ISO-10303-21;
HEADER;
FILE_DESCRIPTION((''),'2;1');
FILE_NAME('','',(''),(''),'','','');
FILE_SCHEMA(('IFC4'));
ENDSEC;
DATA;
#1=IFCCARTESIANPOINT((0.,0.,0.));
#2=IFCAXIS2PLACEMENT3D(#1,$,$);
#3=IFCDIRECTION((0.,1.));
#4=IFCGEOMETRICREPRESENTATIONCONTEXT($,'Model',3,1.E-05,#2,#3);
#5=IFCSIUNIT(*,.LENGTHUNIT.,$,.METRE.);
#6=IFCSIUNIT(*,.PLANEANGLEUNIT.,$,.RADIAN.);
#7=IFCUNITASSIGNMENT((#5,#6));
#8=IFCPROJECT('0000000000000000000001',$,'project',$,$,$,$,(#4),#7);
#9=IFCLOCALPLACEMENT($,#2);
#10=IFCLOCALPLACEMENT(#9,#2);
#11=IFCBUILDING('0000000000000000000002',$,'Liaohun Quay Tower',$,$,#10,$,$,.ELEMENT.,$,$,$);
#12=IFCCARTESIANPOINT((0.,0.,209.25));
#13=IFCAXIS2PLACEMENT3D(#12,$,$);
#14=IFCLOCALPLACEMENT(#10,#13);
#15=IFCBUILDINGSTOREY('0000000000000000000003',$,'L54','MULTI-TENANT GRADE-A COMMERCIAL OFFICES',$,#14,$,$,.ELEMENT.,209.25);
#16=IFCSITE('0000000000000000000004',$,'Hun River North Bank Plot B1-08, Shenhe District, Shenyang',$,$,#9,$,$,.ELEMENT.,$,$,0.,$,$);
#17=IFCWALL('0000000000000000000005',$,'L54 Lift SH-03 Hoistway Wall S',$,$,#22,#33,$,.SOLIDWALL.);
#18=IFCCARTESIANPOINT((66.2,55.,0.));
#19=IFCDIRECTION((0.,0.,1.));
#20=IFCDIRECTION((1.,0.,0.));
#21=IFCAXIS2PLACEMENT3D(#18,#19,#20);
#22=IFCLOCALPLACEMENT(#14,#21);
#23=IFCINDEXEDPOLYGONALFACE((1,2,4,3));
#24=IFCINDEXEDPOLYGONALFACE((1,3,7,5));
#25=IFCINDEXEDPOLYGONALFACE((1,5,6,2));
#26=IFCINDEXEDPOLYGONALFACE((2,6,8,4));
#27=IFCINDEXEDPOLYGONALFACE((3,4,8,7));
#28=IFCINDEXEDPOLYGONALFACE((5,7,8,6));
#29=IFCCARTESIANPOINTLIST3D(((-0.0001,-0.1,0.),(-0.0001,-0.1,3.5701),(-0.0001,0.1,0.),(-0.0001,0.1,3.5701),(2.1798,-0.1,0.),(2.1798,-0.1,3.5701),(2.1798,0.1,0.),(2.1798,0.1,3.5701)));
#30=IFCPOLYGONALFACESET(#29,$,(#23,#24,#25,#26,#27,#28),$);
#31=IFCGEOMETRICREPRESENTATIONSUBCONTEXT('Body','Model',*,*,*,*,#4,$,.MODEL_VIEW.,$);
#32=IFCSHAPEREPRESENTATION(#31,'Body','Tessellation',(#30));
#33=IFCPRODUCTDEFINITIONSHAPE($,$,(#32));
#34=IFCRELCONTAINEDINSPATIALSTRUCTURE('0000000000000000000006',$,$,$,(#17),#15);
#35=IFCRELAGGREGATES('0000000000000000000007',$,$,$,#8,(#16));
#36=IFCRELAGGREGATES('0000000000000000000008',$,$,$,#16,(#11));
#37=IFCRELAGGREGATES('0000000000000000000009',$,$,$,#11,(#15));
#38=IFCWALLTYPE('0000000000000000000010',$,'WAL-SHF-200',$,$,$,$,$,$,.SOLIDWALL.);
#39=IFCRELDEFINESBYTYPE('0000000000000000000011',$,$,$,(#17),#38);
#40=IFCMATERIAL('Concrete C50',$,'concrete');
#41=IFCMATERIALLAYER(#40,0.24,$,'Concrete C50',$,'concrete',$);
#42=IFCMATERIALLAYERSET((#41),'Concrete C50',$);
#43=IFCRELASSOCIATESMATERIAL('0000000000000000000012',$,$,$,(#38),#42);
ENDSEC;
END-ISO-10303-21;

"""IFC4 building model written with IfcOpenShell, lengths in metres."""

from ifc_helpers import new_model, si_unit, direction, frame, frame_2d, origin, place, context, subcontext, project, spatial, rectangle, extrude, material, layer, layer_set, type_object, element, save


model = new_model("IFC4")

# Units and contexts
model_context = context("Model", 3, precision=1e-05, world=origin(), true_north=direction((0.0, 1.0)))
body_context = subcontext(model_context, "Body", "Model", "MODEL_VIEW")
ifc_project = project(units=[si_unit("LENGTHUNIT", "METRE"), si_unit("PLANEANGLEUNIT", "RADIAN")], contexts=[model_context])

# Site, building, storey
site_placement = place(None, origin())
site = spatial("IfcSite", under=ifc_project, at=site_placement, Name="Hun River North Bank Plot B1-08, Shenhe District, Shenyang", CompositionType="ELEMENT", RefElevation=0.0)
building_placement = place(site_placement, origin())
building = spatial("IfcBuilding", under=site, at=building_placement, Name="Liaohun Quay Tower", CompositionType="ELEMENT")
storey_placement = place(building_placement, frame((0.0, 0.0, 209.25)))
storey = spatial("IfcBuildingStorey", under=building, at=storey_placement, Name="L54", Description="MULTI-TENANT GRADE-A COMMERCIAL OFFICES", CompositionType="ELEMENT", Elevation=209.25)

# Shared definitions
ifc_material_1 = material(Name="Concrete C50", Category="concrete")
ifc_layer_1 = layer(ifc_material_1, 0.24, Name="Concrete C50", Category="concrete")
ifc_layer_set_1 = layer_set([ifc_layer_1], Name="Concrete C50")
wall_type_1 = type_object("IfcWallType", Name="WAL-SHF-200", PredefinedType="SOLIDWALL", material=ifc_layer_set_1)

# Wall
wall_1_placement = place(storey_placement, frame((66.2, 55.0, 0.0), z_axis=(0.0, 0.0, 1.0), x_axis=(1.0, 0.0, 0.0)))
element("IfcWall", 1, at=wall_1_placement, inside=storey, type_object=wall_type_1, Name="L54 Lift SH-03 Hoistway Wall S", PredefinedType="SOLIDWALL", context=body_context, shape_type="SweptSolid", body=[
    extrude(rectangle(XDim=2.1799, YDim=0.2, at=frame_2d((1.0898, 0.0))), origin(), (0.0, 0.0, 1.0), 3.5701),
])

save(model, "model.ifc")
